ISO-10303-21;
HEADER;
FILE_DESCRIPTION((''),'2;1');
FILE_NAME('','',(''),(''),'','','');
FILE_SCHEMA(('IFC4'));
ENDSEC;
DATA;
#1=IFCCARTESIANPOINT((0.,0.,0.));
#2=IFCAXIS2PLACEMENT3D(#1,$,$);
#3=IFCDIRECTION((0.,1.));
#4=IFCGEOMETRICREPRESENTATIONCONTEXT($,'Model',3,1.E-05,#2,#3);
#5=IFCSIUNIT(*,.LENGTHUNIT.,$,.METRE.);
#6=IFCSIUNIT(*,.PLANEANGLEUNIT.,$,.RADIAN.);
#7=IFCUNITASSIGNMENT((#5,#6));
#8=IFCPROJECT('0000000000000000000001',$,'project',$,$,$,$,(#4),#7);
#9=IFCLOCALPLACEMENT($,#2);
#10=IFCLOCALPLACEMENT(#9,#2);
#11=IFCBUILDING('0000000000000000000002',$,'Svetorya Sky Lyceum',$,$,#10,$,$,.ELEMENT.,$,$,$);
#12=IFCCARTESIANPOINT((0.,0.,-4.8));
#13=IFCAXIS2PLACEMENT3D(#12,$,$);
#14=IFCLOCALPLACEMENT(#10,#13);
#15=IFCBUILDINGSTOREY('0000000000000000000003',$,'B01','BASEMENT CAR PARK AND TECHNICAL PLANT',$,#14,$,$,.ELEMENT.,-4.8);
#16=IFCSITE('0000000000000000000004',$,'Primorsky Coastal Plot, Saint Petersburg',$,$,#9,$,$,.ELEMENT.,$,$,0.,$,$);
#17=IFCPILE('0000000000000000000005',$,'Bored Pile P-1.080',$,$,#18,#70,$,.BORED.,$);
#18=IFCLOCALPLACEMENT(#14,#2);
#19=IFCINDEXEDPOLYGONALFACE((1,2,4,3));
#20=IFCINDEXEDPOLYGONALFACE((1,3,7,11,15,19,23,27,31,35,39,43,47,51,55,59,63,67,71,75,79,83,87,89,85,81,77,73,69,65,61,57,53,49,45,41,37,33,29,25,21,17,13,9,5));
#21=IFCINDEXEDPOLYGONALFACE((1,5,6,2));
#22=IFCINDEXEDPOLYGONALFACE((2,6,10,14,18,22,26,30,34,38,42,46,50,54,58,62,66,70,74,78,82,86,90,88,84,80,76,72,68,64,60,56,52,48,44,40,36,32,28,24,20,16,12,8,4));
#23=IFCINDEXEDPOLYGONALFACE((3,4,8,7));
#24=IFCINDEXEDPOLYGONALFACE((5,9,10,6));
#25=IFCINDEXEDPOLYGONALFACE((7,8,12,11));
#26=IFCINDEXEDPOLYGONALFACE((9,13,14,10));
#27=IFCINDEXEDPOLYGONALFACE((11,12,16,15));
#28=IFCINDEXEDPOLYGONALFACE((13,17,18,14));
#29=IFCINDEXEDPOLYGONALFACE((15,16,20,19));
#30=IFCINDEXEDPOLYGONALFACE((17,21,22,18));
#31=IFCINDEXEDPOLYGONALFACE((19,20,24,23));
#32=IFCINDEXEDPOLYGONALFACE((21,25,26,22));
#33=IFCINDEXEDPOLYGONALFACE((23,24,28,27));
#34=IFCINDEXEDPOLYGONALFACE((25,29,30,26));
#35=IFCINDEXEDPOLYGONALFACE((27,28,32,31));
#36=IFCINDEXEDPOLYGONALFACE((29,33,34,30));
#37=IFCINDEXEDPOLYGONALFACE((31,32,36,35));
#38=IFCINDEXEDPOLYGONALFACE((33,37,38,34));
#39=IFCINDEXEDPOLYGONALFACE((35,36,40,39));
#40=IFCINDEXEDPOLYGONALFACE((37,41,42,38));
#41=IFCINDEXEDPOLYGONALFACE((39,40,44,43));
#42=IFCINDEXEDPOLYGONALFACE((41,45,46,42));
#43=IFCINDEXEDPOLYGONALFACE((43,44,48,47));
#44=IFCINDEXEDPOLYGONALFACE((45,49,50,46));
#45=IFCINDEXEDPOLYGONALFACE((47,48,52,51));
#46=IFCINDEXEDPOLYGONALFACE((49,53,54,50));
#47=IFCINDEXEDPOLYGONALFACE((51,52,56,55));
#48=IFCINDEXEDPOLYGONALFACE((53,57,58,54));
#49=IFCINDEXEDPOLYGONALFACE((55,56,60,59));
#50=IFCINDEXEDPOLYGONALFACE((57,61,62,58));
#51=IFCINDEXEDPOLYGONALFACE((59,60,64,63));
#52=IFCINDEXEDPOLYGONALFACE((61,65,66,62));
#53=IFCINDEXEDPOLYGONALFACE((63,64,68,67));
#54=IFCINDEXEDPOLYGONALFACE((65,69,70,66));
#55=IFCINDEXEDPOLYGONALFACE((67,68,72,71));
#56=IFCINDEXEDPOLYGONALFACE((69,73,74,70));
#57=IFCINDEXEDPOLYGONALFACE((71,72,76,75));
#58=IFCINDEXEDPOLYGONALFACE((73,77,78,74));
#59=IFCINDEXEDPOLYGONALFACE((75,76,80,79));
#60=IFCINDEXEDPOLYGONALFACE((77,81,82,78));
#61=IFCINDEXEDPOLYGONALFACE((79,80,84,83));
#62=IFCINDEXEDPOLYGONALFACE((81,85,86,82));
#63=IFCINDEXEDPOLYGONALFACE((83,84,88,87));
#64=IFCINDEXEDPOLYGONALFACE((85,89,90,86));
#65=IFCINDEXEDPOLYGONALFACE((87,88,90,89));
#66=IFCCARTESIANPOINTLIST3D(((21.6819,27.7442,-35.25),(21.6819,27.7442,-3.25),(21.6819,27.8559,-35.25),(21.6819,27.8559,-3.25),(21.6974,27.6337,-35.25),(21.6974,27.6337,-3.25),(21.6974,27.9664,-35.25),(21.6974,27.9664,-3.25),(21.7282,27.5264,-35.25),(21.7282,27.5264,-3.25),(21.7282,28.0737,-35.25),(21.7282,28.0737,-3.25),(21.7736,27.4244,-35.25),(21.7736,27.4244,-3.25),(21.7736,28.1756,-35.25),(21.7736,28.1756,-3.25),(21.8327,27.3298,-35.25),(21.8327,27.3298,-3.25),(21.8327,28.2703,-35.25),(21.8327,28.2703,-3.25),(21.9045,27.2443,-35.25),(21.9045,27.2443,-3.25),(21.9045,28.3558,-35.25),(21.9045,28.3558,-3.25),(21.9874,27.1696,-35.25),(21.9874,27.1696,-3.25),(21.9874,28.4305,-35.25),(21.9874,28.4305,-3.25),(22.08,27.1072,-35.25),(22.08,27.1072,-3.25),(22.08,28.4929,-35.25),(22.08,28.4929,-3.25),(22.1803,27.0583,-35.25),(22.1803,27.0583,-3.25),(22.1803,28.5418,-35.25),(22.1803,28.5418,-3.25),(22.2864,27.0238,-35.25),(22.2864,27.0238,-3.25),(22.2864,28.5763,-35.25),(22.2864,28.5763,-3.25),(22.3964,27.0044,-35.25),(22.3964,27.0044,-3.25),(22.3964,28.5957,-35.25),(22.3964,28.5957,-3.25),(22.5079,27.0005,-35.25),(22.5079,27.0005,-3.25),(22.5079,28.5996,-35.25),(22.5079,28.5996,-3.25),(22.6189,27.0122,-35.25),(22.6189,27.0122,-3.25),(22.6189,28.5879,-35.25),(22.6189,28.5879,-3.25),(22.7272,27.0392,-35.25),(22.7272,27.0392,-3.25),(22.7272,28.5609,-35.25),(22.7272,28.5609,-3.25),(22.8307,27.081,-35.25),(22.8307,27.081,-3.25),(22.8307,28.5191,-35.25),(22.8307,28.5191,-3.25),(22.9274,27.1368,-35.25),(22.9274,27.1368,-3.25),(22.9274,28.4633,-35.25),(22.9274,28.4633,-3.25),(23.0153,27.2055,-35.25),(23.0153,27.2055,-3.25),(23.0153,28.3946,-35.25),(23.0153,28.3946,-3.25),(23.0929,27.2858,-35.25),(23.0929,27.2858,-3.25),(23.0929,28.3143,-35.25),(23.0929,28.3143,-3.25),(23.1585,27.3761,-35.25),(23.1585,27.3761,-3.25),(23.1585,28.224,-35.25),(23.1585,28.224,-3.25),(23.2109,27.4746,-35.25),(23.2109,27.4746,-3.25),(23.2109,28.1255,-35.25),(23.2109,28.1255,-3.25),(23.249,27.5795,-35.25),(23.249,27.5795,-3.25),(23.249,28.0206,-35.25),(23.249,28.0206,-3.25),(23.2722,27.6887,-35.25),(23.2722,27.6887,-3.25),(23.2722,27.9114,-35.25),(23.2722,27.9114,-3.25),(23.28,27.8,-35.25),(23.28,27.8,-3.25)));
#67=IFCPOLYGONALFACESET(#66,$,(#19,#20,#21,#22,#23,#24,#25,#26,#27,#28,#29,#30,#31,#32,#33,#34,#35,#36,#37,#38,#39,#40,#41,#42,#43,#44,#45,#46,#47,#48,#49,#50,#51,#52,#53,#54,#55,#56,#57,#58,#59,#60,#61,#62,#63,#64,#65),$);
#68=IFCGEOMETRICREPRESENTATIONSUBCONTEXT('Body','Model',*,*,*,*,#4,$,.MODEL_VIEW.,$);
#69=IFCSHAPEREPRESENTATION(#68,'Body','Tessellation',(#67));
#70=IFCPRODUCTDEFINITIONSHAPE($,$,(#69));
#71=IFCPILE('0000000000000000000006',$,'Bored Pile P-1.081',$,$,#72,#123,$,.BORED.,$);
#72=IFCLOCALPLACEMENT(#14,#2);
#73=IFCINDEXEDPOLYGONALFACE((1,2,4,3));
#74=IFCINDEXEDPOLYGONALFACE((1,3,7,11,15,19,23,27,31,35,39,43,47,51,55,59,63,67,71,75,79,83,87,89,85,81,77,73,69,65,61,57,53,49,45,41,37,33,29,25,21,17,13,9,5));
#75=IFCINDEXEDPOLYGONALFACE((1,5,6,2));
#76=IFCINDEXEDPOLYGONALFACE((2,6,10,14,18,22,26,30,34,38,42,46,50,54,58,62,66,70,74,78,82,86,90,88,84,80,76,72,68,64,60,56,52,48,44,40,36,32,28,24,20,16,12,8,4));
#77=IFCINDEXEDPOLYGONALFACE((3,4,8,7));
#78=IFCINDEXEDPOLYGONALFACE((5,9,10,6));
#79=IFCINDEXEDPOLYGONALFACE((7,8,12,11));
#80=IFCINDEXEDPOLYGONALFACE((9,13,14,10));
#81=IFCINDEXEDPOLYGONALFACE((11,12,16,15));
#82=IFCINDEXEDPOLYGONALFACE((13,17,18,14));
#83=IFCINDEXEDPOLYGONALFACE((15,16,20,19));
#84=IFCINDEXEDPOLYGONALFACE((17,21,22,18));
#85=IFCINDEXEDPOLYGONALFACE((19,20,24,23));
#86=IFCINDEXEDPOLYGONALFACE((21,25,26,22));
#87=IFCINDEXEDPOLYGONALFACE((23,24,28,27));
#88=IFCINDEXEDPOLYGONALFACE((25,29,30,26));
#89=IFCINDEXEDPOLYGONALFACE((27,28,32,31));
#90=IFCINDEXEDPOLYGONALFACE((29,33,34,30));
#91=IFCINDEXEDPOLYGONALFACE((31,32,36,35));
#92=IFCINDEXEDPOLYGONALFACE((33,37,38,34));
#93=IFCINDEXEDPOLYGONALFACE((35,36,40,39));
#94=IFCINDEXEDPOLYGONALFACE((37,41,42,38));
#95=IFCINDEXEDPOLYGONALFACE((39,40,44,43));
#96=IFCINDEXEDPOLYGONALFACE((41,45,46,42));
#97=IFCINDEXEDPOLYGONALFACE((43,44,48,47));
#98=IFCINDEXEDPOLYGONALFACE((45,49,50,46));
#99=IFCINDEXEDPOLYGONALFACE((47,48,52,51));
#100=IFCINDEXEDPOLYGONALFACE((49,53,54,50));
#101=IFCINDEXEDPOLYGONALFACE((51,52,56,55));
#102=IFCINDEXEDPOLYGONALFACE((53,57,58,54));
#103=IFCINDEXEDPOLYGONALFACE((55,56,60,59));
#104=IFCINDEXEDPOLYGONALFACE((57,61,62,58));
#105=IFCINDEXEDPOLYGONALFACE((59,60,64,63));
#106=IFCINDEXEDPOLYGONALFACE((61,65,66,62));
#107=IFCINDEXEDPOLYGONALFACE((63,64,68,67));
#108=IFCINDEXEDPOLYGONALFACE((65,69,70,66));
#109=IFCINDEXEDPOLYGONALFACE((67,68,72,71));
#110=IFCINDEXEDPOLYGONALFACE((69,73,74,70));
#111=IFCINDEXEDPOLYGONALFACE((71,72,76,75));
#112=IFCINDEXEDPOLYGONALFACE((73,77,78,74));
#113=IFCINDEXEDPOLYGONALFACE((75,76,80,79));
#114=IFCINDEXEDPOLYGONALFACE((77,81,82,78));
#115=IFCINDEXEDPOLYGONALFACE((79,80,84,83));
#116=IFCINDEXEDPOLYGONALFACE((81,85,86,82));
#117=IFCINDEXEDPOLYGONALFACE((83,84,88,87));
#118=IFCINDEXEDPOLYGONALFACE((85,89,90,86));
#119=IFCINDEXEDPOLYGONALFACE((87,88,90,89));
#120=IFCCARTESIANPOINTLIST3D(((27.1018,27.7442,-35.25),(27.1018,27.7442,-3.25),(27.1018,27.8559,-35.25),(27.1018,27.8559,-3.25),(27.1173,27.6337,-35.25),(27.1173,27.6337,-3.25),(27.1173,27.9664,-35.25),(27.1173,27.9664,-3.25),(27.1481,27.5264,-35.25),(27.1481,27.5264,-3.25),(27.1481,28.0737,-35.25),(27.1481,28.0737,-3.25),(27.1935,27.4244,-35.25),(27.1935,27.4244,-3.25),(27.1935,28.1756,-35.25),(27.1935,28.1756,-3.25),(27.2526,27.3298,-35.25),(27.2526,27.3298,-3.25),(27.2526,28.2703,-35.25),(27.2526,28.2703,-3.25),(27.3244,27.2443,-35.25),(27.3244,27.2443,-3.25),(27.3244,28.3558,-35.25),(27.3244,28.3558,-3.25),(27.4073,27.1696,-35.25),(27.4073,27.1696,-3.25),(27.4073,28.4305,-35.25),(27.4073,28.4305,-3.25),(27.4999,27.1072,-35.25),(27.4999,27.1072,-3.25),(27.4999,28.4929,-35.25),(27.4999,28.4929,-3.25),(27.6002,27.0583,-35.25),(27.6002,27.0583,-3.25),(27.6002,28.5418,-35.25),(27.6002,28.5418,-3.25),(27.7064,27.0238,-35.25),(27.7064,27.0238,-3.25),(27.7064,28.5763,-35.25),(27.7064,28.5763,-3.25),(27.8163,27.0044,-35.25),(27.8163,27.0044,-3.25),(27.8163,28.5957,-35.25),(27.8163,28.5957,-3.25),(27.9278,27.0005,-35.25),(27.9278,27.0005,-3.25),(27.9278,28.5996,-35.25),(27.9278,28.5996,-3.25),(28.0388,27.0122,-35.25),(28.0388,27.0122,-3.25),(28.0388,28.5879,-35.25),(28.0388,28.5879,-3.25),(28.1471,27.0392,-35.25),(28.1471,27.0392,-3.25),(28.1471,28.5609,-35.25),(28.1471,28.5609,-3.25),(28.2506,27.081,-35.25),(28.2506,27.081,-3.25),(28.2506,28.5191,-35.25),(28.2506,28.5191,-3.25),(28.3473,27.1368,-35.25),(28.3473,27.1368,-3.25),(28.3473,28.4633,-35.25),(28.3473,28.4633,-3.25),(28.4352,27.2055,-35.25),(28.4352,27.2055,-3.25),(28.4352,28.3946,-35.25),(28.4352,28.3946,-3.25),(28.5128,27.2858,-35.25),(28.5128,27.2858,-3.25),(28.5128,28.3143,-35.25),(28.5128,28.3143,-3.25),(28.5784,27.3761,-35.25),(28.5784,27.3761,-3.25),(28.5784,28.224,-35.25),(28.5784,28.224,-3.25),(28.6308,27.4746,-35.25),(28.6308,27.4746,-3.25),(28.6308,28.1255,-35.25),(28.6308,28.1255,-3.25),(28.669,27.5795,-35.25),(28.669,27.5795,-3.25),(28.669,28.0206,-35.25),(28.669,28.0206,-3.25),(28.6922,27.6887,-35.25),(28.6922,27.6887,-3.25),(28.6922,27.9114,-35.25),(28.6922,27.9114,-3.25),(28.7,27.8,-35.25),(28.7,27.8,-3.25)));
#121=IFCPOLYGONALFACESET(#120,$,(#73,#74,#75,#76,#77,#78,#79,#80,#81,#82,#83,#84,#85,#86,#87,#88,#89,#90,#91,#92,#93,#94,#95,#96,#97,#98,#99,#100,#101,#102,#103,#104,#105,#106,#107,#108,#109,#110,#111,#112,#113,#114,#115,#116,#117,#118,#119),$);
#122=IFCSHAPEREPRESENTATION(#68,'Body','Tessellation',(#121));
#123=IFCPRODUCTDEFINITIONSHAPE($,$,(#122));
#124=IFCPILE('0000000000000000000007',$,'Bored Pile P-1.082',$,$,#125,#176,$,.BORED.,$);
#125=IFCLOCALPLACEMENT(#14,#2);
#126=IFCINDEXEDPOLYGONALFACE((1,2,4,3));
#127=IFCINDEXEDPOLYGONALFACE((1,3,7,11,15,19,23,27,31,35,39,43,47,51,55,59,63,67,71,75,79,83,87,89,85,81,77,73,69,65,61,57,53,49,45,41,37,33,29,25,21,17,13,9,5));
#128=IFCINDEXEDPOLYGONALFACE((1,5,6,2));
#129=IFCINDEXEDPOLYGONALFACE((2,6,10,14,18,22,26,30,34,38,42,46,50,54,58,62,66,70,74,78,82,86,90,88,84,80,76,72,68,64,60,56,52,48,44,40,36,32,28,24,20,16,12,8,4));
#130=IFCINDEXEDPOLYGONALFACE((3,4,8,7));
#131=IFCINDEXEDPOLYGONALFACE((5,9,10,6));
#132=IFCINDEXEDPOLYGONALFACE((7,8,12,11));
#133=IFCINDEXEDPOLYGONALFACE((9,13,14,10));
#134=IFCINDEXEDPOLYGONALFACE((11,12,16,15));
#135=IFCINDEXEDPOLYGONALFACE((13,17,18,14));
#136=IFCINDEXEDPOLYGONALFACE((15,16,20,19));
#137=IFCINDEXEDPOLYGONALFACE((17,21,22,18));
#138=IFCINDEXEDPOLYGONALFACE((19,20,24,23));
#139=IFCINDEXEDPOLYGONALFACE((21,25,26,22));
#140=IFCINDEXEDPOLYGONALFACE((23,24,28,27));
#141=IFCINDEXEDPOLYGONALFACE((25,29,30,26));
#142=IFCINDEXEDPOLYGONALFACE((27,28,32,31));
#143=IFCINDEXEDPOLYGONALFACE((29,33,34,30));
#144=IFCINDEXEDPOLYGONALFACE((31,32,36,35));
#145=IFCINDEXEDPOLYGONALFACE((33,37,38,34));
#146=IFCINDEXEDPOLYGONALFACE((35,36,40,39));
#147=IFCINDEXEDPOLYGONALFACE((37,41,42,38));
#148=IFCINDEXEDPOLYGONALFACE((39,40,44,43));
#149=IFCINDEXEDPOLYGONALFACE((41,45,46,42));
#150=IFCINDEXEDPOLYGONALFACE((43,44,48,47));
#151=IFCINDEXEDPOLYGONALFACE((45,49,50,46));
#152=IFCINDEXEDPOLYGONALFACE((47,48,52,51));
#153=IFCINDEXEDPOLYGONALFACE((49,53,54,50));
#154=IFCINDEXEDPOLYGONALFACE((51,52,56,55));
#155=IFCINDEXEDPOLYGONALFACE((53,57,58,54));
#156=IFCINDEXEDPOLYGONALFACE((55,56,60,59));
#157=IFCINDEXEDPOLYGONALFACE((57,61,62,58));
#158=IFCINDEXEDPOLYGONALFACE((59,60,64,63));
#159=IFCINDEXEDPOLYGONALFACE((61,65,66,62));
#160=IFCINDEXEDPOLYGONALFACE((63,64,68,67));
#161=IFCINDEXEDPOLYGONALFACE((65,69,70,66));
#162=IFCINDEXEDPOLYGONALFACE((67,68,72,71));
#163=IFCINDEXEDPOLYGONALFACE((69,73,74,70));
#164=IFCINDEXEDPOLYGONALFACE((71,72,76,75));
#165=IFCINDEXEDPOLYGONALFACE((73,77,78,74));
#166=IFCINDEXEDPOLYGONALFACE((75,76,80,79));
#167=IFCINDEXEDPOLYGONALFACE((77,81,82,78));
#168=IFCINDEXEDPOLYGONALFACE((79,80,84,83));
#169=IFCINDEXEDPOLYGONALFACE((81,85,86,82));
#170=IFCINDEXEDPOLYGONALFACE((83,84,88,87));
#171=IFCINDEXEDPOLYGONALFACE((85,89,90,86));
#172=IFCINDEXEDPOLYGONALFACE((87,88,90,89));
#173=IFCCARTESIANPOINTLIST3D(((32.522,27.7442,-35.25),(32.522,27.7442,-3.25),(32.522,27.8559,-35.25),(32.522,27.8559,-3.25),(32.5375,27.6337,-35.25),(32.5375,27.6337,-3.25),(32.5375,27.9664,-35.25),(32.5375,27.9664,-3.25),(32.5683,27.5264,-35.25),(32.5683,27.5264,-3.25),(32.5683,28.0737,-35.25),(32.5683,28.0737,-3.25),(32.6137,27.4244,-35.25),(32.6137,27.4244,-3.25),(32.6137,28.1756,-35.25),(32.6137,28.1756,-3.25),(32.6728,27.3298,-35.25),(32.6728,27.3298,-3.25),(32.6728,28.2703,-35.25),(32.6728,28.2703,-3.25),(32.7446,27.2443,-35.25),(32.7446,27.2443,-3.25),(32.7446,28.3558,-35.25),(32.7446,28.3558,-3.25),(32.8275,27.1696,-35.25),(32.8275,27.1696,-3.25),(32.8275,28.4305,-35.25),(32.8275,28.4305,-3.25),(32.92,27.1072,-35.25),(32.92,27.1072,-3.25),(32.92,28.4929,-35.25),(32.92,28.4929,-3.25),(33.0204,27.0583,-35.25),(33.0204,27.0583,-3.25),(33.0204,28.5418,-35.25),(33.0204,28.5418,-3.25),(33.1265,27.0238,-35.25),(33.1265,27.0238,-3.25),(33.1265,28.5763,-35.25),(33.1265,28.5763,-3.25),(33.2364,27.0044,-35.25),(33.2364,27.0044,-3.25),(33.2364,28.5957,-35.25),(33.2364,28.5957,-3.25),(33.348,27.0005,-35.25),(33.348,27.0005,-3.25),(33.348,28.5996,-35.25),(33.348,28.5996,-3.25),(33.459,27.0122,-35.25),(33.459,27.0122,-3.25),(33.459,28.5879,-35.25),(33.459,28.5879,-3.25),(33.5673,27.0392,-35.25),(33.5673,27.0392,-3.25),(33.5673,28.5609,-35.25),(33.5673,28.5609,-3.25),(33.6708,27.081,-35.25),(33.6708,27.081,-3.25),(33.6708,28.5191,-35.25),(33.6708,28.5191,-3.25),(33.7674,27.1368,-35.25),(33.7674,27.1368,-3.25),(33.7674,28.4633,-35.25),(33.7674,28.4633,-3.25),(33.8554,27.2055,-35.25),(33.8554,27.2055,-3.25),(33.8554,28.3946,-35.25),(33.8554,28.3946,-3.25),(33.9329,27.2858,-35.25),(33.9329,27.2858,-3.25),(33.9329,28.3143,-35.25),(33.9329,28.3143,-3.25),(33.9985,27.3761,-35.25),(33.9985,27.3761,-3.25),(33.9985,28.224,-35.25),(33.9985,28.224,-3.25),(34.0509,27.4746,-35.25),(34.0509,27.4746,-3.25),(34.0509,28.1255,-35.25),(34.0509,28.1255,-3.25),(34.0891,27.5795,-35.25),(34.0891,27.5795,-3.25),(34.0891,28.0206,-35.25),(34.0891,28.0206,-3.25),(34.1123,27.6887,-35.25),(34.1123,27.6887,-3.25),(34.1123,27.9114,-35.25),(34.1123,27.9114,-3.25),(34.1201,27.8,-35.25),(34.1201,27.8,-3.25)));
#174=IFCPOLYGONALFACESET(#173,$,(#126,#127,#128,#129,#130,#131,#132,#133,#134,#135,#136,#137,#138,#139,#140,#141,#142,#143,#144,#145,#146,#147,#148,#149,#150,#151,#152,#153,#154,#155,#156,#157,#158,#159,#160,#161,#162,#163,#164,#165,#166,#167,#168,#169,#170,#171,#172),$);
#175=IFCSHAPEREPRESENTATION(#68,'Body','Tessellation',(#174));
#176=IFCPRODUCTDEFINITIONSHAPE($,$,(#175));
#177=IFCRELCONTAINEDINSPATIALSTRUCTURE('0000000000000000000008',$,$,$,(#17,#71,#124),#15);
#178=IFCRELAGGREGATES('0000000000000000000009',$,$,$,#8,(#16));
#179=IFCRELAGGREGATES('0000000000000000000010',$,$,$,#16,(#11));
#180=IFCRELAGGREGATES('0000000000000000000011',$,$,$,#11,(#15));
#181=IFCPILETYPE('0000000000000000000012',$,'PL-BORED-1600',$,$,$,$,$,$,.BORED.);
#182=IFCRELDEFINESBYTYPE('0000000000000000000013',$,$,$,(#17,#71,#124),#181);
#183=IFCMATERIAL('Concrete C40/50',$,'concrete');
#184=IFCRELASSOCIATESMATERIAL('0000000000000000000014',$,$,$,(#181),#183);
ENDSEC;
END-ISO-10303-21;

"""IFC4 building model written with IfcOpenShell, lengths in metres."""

from ifc_helpers import new_model, si_unit, direction, frame, origin, origin_2d, place, context, subcontext, project, spatial, circle, extrude, material, material_profile, profile_set, type_object, element, save


model = new_model("IFC4")

# Units and contexts
model_context = context("Model", 3, precision=1e-05, world=origin(), true_north=direction((0.0, 1.0)))
body_context = subcontext(model_context, "Body", "Model", "MODEL_VIEW")
ifc_project = project(units=[si_unit("LENGTHUNIT", "METRE"), si_unit("PLANEANGLEUNIT", "RADIAN")], contexts=[model_context])

# Site, building, storey
site_placement = place(None, origin())
site = spatial("IfcSite", under=ifc_project, at=site_placement, Name="Primorsky Coastal Plot, Saint Petersburg", CompositionType="ELEMENT", RefElevation=0.0)
building_placement = place(site_placement, origin())
building = spatial("IfcBuilding", under=site, at=building_placement, Name="Svetorya Sky Lyceum", CompositionType="ELEMENT")
storey_placement = place(building_placement, frame((0.0, 0.0, -4.8)))
storey = spatial("IfcBuildingStorey", under=building, at=storey_placement, Name="B01", Description="BASEMENT CAR PARK AND TECHNICAL PLANT", CompositionType="ELEMENT", Elevation=-4.8)

# Piles
ifc_material_1 = material(Name="Concrete C40/50", Category="concrete")
ifc_material_profile_1 = material_profile(ifc_material_1, circle(Radius=0.8, at=origin_2d()), Name="RC PILE D1600")
ifc_profile_set_1 = profile_set([ifc_material_profile_1], Name="Concrete C40/50")
pile_type = type_object("IfcPileType", Name="PL-BORED-1600", PredefinedType="BORED", material=ifc_profile_set_1)
for number, where, z_axis, x_axis, name in (
    (1, (22.48, 27.8, -3.25), (0.0, 0.0, -1.0), (1.0, 0.0, 0.0), "Bored Pile P-1.080"),
    (2, (27.8999, 27.8, -3.25), (0.0, 0.0, -1.0), (1.0, 0.0, 0.0), "Bored Pile P-1.081"),
    (3, (33.3201, 27.8, -3.25), (0.0, 0.0, -1.0), (1.0, 0.0, 0.0), "Bored Pile P-1.082"),
):
    element("IfcPile", number, at=place(storey_placement, frame(where, z_axis=z_axis, x_axis=x_axis)), inside=storey, type_object=pile_type, Name=name, PredefinedType="BORED", context=body_context, shape_type="SweptSolid", body=[
        extrude(circle(Radius=0.8, at=origin_2d()), origin(), (0.0, 0.0, 1.0), 32.0),
    ])

save(model, "model.ifc")
